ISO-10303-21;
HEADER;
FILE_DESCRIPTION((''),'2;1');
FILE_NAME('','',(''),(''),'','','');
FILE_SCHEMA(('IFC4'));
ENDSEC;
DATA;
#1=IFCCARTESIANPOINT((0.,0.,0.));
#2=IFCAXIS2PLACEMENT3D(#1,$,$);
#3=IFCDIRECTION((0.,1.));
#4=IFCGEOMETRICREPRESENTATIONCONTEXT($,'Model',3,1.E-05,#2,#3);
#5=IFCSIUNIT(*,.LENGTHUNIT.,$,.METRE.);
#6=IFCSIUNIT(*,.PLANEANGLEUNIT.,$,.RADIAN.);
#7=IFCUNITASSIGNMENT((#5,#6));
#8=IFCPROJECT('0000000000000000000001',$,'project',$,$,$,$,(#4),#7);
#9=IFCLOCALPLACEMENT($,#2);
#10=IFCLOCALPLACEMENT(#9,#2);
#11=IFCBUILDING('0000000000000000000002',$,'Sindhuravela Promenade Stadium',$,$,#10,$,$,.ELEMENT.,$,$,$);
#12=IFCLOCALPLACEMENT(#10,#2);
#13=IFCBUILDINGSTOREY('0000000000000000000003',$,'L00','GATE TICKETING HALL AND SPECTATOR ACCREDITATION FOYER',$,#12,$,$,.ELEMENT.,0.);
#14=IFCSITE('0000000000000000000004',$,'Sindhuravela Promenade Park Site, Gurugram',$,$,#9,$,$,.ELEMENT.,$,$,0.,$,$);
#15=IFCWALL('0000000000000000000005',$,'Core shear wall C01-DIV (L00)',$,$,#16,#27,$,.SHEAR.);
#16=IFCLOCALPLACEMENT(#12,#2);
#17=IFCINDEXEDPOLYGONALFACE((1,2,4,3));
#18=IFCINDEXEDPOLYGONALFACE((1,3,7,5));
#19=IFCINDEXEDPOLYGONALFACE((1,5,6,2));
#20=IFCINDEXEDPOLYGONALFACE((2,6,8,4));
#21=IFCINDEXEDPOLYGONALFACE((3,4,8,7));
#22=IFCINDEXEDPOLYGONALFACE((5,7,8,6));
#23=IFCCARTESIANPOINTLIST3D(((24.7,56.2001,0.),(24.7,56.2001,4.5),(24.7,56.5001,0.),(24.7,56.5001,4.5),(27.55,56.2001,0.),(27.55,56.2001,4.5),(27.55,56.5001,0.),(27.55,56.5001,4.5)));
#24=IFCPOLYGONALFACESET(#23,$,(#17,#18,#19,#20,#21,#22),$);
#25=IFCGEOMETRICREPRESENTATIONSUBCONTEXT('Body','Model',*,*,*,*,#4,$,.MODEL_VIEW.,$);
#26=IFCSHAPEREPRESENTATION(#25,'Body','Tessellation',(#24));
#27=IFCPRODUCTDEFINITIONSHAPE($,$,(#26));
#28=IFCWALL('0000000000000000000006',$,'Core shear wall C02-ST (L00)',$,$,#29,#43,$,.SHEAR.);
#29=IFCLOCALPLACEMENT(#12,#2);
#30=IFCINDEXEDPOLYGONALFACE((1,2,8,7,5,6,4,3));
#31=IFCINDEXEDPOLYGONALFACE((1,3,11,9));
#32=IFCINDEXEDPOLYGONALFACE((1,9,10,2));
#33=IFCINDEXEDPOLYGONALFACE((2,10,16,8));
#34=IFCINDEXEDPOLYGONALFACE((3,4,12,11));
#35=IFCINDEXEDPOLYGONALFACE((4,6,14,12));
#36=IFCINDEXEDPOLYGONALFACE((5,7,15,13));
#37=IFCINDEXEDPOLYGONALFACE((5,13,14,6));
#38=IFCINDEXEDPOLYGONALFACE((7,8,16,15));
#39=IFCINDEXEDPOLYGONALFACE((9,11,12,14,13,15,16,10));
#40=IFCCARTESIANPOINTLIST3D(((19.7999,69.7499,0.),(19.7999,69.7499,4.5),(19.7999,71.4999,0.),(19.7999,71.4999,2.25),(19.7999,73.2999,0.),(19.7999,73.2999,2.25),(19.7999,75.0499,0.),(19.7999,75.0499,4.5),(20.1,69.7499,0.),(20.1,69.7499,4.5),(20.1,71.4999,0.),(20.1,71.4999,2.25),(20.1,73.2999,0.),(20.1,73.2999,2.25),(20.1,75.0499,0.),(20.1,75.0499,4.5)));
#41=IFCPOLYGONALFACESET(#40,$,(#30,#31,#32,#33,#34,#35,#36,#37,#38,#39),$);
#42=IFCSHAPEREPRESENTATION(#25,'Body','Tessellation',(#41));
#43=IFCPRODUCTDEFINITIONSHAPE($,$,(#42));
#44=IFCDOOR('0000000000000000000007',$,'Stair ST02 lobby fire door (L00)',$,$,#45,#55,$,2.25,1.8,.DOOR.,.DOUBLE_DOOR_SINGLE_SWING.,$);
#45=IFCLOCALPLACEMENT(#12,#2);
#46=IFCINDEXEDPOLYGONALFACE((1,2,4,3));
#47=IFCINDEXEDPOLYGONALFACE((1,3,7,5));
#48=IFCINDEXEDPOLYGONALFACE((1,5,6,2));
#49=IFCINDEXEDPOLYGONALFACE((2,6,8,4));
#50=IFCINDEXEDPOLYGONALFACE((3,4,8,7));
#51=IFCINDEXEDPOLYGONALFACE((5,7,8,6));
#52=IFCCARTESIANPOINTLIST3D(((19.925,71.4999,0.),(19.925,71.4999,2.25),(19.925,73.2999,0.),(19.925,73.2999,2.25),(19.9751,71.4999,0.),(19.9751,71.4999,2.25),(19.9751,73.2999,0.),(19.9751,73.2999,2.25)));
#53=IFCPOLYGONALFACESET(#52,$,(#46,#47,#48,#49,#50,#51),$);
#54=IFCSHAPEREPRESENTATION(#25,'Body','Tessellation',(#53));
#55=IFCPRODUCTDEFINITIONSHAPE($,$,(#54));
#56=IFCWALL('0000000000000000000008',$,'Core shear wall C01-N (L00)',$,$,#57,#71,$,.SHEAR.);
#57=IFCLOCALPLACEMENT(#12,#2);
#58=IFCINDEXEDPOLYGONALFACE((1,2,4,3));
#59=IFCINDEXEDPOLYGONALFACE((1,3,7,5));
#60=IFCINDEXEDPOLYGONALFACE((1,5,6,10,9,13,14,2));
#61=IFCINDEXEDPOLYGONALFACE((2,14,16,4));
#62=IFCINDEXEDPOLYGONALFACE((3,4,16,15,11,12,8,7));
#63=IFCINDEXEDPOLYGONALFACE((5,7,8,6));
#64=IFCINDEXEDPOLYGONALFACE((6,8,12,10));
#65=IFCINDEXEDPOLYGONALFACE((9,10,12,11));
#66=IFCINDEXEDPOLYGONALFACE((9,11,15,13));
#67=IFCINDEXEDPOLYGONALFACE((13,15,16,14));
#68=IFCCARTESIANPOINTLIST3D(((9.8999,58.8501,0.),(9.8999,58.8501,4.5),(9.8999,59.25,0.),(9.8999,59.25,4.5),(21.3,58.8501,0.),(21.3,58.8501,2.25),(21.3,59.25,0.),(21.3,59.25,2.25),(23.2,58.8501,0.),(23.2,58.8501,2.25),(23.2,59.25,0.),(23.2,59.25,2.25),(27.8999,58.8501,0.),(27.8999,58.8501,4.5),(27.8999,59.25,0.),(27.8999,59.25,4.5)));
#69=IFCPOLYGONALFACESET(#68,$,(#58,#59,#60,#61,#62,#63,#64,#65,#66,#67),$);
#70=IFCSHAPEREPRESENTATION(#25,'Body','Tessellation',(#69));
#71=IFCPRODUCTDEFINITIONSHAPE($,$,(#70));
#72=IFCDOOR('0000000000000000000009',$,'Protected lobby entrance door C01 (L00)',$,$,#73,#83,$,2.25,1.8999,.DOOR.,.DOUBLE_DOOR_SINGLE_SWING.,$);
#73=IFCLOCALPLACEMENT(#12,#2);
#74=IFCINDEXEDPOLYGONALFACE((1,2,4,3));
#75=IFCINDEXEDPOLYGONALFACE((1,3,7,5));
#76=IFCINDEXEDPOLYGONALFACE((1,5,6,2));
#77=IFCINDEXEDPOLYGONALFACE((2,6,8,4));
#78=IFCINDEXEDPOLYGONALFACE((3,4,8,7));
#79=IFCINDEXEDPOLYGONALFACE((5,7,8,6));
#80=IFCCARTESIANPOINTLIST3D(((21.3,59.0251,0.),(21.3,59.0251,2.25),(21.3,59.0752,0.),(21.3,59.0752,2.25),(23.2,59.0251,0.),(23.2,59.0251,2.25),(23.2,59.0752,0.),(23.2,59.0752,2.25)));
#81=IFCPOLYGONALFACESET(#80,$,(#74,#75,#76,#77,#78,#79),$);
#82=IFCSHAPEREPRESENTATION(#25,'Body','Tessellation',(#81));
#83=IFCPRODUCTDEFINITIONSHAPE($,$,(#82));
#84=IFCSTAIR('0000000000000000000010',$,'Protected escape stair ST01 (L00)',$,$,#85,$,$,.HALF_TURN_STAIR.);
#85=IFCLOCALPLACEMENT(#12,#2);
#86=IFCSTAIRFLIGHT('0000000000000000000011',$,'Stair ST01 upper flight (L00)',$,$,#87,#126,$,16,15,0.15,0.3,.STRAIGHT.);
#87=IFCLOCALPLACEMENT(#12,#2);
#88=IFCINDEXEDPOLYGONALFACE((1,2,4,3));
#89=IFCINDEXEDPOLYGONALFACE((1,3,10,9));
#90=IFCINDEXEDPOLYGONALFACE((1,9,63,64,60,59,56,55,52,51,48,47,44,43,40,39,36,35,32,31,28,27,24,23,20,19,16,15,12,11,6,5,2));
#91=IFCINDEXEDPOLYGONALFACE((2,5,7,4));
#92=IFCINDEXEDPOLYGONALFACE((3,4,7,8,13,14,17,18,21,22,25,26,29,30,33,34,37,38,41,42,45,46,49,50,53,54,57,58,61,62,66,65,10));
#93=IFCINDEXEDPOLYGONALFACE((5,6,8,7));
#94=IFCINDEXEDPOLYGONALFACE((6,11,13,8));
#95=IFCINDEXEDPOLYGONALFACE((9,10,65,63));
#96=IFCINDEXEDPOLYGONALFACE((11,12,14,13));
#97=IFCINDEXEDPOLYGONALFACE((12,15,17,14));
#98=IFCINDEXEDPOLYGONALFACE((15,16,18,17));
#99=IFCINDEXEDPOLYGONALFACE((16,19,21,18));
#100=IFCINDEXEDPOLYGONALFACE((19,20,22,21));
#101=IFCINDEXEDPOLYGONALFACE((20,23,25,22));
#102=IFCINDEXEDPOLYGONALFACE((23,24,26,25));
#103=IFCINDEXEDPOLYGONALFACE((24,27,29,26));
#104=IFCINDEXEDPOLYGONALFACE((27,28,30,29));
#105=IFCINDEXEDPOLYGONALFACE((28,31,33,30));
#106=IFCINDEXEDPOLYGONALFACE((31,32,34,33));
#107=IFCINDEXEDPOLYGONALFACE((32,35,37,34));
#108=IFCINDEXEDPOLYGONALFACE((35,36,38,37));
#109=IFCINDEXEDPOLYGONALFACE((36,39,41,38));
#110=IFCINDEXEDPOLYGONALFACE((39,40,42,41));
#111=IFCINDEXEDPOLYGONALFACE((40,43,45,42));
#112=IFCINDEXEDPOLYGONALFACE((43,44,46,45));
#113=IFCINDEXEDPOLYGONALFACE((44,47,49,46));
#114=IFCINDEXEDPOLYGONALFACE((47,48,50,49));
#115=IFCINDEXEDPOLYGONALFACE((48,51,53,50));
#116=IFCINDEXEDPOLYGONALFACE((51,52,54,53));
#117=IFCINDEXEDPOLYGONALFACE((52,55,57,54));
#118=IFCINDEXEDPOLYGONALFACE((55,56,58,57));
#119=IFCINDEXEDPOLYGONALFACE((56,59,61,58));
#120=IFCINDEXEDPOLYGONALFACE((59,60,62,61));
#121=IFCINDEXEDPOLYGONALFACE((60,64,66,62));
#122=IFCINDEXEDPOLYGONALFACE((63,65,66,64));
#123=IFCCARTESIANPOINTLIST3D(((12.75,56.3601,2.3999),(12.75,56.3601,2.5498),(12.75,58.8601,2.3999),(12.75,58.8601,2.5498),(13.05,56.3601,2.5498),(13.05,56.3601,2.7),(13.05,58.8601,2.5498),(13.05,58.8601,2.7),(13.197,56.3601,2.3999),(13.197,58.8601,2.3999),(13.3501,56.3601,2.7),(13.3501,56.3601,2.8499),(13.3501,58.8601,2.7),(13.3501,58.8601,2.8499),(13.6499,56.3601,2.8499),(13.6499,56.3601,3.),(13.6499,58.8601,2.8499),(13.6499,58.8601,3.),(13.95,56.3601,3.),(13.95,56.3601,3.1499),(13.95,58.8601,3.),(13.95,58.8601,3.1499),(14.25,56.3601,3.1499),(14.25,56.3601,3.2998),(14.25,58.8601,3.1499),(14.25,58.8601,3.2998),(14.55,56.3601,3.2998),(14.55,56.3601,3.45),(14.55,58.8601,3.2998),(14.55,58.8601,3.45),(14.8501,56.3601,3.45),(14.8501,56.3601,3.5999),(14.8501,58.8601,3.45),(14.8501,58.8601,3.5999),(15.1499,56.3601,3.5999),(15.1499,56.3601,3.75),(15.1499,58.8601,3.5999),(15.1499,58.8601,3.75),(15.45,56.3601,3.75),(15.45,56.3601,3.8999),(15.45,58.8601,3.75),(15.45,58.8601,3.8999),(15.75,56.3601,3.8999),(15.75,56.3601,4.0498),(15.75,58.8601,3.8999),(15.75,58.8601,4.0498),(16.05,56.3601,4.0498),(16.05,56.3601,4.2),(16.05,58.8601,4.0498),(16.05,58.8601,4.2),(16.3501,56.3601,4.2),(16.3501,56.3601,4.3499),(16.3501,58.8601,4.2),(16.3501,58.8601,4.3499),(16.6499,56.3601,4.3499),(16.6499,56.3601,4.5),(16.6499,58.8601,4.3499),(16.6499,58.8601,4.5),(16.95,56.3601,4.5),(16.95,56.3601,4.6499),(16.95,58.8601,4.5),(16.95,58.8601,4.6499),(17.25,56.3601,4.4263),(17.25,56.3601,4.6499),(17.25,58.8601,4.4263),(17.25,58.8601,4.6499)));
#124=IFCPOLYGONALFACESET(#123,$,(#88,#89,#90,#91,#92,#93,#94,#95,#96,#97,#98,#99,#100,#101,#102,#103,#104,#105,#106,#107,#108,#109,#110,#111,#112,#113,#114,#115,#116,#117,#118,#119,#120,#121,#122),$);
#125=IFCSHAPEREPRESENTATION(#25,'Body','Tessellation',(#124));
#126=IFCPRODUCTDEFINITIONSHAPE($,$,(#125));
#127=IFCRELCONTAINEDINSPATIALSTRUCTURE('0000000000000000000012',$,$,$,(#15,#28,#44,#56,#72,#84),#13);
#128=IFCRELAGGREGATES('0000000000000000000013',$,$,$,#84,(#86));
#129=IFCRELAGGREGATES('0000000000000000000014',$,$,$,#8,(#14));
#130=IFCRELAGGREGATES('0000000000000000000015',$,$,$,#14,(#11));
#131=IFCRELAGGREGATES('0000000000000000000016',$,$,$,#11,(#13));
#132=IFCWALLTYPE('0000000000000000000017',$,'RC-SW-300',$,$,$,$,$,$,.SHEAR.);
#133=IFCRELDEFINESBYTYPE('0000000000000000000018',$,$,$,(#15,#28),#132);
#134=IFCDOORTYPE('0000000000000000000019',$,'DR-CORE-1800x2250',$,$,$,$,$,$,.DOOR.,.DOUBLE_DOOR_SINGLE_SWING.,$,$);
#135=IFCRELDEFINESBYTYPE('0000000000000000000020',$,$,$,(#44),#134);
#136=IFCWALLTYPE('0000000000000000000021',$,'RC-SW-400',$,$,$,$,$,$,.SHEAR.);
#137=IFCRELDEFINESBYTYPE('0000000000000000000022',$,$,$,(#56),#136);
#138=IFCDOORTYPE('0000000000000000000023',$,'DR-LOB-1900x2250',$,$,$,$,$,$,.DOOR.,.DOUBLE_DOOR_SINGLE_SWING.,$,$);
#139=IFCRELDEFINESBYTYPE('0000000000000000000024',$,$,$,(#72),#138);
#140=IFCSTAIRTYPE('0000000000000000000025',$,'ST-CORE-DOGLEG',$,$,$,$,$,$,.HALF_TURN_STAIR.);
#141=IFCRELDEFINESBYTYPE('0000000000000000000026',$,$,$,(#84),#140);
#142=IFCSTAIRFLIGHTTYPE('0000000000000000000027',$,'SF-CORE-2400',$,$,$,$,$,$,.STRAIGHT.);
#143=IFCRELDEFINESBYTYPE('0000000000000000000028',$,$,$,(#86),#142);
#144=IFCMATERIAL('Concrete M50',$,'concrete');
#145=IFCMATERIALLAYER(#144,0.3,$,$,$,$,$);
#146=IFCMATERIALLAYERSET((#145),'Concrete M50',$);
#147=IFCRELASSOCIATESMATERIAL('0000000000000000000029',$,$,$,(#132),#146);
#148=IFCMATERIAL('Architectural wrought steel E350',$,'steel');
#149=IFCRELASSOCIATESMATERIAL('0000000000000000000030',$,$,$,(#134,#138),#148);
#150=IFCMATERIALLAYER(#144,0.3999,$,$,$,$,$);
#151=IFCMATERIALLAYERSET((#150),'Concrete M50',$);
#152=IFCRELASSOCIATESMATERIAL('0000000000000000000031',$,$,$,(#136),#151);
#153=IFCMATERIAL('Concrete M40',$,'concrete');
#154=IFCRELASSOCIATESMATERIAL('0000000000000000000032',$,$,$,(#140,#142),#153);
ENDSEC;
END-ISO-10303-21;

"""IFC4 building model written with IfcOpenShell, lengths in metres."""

from ifc_helpers import new_model, si_unit, direction, frame, frame_2d, origin, place, context, subcontext, project, spatial, polyline, rectangle, outline, extrude, material, layer, layer_set, type_object, element, fill, aggregate, save


model = new_model("IFC4")

# Units and contexts
model_context = context("Model", 3, precision=1e-05, world=origin(), true_north=direction((0.0, 1.0)))
body_context = subcontext(model_context, "Body", "Model", "MODEL_VIEW")
ifc_project = project(units=[si_unit("LENGTHUNIT", "METRE"), si_unit("PLANEANGLEUNIT", "RADIAN")], contexts=[model_context])

# Site, building, storey
site_placement = place(None, origin())
site = spatial("IfcSite", under=ifc_project, at=site_placement, Name="Sindhuravela Promenade Park Site, Gurugram", CompositionType="ELEMENT", RefElevation=0.0)
building_placement = place(site_placement, origin())
building = spatial("IfcBuilding", under=site, at=building_placement, Name="Sindhuravela Promenade Stadium", CompositionType="ELEMENT")
storey_placement = place(building_placement, origin())
storey = spatial("IfcBuildingStorey", under=building, at=storey_placement, Name="L00", Description="GATE TICKETING HALL AND SPECTATOR ACCREDITATION FOYER", CompositionType="ELEMENT", Elevation=0.0)

# Shared definitions
ifc_material_1 = material(Name="Concrete M50", Category="concrete")

# Shared definitions
ifc_material_2 = material(Name="Concrete M40", Category="concrete")

# Shared definitions
ifc_layer_1 = layer(ifc_material_1, 0.3)
ifc_layer_set_1 = layer_set([ifc_layer_1], Name="Concrete M50")
wall_type_1 = type_object("IfcWallType", Name="RC-SW-300", PredefinedType="SHEAR", material=ifc_layer_set_1)
ifc_material_3 = material(Name="Architectural wrought steel E350", Category="steel")

# Wall
wall_1_placement = place(storey_placement, frame((24.7, 56.3501, 0.0), z_axis=(0.0, 0.0, 1.0), x_axis=(1.0, 0.0, 0.0)))
element("IfcWall", 1, at=wall_1_placement, inside=storey, type_object=wall_type_1, Name="Core shear wall C01-DIV (L00)", PredefinedType="SHEAR", context=body_context, shape_type="SweptSolid", body=[
    extrude(rectangle(XDim=2.8501, YDim=0.3, at=frame_2d((1.425, 0.0))), origin(), (0.0, 0.0, 1.0), 4.5),
])

# Walls, openings, doors
wall_2_placement = place(storey_placement, frame((19.95, 69.75, 0.0), z_axis=(0.0, 0.0, 1.0), x_axis=(0.0, 1.0, 0.0)))
wall_2 = element("IfcWall", 2, at=wall_2_placement, inside=storey, type_object=wall_type_1, Name="Core shear wall C02-ST (L00)", PredefinedType="SHEAR", context=body_context, shape_type="SweptSolid", body=[
    extrude(rectangle(XDim=5.3, YDim=0.3, at=frame_2d((2.6499, 0.0))), origin(), (0.0, 0.0, 1.0), 4.5),
])
opening_1_placement = place(wall_2_placement, frame((1.75, 0.0, 0.0)))
opening_1 = element("IfcOpeningElement", 3, at=opening_1_placement, cuts=wall_2, PredefinedType="OPENING", context=body_context, shape_type="SweptSolid", body=[
    extrude(rectangle(XDim=1.8, YDim=2.25, at=frame_2d((0.8999, 1.125))), frame((0.0, 0.1599, 0.0), z_axis=(0.0, -1.0, 0.0), x_axis=(1.0, 0.0, 0.0)), (0.0, 0.0, 1.0), 0.3201),
])
door_type_1 = type_object("IfcDoorType", Name="DR-CORE-1800x2250", OperationType="DOUBLE_DOOR_SINGLE_SWING", PredefinedType="DOOR", material=ifc_material_3)
door_1_placement = place(opening_1_placement, origin())
door_1 = element("IfcDoor", 4, at=door_1_placement, inside=storey, type_object=door_type_1, Name="Stair ST02 lobby fire door (L00)", OperationType="DOUBLE_DOOR_SINGLE_SWING", OverallHeight=2.25, OverallWidth=1.8, PredefinedType="DOOR", context=body_context, shape_type="SweptSolid", body=[
    extrude(rectangle(XDim=1.8, YDim=2.25, at=frame_2d((0.8999, 1.125))), frame((0.0, 0.0249, 0.0), z_axis=(0.0, -1.0, 0.0), x_axis=(1.0, 0.0, 0.0)), (0.0, 0.0, 1.0), 0.05),
])
fill(opening_1, door_1)
ifc_layer_2 = layer(ifc_material_1, 0.3999)
ifc_layer_set_2 = layer_set([ifc_layer_2], Name="Concrete M50")
wall_type_2 = type_object("IfcWallType", Name="RC-SW-400", PredefinedType="SHEAR", material=ifc_layer_set_2)
wall_3_placement = place(storey_placement, frame((27.8999, 59.05, 0.0), z_axis=(0.0, 0.0, 1.0), x_axis=(-1.0, 0.0, 0.0)))
wall_3 = element("IfcWall", 5, at=wall_3_placement, inside=storey, type_object=wall_type_2, Name="Core shear wall C01-N (L00)", PredefinedType="SHEAR", context=body_context, shape_type="SweptSolid", body=[
    extrude(rectangle(XDim=18.0, YDim=0.3999, at=frame_2d((9.0, 0.0))), origin(), (0.0, 0.0, 1.0), 4.5),
])
opening_2_placement = place(wall_3_placement, frame((4.7, 0.0, 0.0)))
opening_2 = element("IfcOpeningElement", 6, at=opening_2_placement, cuts=wall_3, PredefinedType="OPENING", context=body_context, shape_type="SweptSolid", body=[
    extrude(rectangle(XDim=1.8999, YDim=2.25, at=frame_2d((0.95, 1.125))), frame((0.0, 0.21, 0.0), z_axis=(0.0, -1.0, 0.0), x_axis=(1.0, 0.0, 0.0)), (0.0, 0.0, 1.0), 0.4199),
])
door_type_2 = type_object("IfcDoorType", Name="DR-LOB-1900x2250", OperationType="DOUBLE_DOOR_SINGLE_SWING", PredefinedType="DOOR", material=ifc_material_3)
door_2_placement = place(opening_2_placement, origin())
door_2 = element("IfcDoor", 7, at=door_2_placement, inside=storey, type_object=door_type_2, Name="Protected lobby entrance door C01 (L00)", OperationType="DOUBLE_DOOR_SINGLE_SWING", OverallHeight=2.25, OverallWidth=1.8999, PredefinedType="DOOR", context=body_context, shape_type="SweptSolid", body=[
    extrude(rectangle(XDim=1.8999, YDim=2.25, at=frame_2d((0.95, 1.125))), frame((0.0, 0.0249, 0.0), z_axis=(0.0, -1.0, 0.0), x_axis=(1.0, 0.0, 0.0)), (0.0, 0.0, 1.0), 0.05),
])
fill(opening_2, door_2)

# Stair, stair flight
stair_type = type_object("IfcStairType", Name="ST-CORE-DOGLEG", PredefinedType="HALF_TURN_STAIR", material=ifc_material_2)
stair_placement = place(storey_placement, origin())
stair = element("IfcStair", 8, at=stair_placement, inside=storey, type_object=stair_type, Name="Protected escape stair ST01 (L00)", PredefinedType="HALF_TURN_STAIR")
stair_flight_type = type_object("IfcStairFlightType", Name="SF-CORE-2400", PredefinedType="STRAIGHT", material=ifc_material_2)
stair_flight_placement = place(storey_placement, frame((12.75, 57.6101, 2.3999), z_axis=(0.0, 0.0, 1.0), x_axis=(1.0, 0.0, 0.0)))
stair_flight = element("IfcStairFlight", 9, at=stair_flight_placement, type_object=stair_flight_type, Name="Stair ST01 upper flight (L00)", NumberOfRisers=16, NumberOfTreads=15, PredefinedType="STRAIGHT", RiserHeight=0.15, TreadLength=0.3, context=body_context, shape_type="SweptSolid", body=[
    extrude(outline(polyline([(0.0, 0.0), (0.0, 0.1499), (0.3, 0.1499), (0.3, 0.3), (0.6001, 0.3), (0.6001, 0.45), (0.8999, 0.45), (0.8999, 0.6001), (1.2, 0.6001), (1.2, 0.75), (1.5, 0.75), (1.5, 0.8999), (1.8, 0.8999), (1.8, 1.05), (2.1001, 1.05), (2.1001, 1.2), (2.3999, 1.2), (2.3999, 1.3501), (2.7, 1.3501), (2.7, 1.5), (3.0, 1.5), (3.0, 1.6499), (3.3, 1.6499), (3.3, 1.8), (3.6001, 1.8), (3.6001, 1.95), (3.8999, 1.95), (3.8999, 2.1001), (4.2, 2.1001), (4.2, 2.25), (4.5, 2.25), (4.5, 2.3999), (4.5, 2.0264), (0.447, 0.0), (0.0, 0.0)])), frame((0.0, 1.25, 0.0), z_axis=(0.0, -1.0, 0.0), x_axis=(1.0, 0.0, 0.0)), (0.0, 0.0, 1.0), 2.5),
])
aggregate(stair, [stair_flight])

save(model, "model.ifc")
